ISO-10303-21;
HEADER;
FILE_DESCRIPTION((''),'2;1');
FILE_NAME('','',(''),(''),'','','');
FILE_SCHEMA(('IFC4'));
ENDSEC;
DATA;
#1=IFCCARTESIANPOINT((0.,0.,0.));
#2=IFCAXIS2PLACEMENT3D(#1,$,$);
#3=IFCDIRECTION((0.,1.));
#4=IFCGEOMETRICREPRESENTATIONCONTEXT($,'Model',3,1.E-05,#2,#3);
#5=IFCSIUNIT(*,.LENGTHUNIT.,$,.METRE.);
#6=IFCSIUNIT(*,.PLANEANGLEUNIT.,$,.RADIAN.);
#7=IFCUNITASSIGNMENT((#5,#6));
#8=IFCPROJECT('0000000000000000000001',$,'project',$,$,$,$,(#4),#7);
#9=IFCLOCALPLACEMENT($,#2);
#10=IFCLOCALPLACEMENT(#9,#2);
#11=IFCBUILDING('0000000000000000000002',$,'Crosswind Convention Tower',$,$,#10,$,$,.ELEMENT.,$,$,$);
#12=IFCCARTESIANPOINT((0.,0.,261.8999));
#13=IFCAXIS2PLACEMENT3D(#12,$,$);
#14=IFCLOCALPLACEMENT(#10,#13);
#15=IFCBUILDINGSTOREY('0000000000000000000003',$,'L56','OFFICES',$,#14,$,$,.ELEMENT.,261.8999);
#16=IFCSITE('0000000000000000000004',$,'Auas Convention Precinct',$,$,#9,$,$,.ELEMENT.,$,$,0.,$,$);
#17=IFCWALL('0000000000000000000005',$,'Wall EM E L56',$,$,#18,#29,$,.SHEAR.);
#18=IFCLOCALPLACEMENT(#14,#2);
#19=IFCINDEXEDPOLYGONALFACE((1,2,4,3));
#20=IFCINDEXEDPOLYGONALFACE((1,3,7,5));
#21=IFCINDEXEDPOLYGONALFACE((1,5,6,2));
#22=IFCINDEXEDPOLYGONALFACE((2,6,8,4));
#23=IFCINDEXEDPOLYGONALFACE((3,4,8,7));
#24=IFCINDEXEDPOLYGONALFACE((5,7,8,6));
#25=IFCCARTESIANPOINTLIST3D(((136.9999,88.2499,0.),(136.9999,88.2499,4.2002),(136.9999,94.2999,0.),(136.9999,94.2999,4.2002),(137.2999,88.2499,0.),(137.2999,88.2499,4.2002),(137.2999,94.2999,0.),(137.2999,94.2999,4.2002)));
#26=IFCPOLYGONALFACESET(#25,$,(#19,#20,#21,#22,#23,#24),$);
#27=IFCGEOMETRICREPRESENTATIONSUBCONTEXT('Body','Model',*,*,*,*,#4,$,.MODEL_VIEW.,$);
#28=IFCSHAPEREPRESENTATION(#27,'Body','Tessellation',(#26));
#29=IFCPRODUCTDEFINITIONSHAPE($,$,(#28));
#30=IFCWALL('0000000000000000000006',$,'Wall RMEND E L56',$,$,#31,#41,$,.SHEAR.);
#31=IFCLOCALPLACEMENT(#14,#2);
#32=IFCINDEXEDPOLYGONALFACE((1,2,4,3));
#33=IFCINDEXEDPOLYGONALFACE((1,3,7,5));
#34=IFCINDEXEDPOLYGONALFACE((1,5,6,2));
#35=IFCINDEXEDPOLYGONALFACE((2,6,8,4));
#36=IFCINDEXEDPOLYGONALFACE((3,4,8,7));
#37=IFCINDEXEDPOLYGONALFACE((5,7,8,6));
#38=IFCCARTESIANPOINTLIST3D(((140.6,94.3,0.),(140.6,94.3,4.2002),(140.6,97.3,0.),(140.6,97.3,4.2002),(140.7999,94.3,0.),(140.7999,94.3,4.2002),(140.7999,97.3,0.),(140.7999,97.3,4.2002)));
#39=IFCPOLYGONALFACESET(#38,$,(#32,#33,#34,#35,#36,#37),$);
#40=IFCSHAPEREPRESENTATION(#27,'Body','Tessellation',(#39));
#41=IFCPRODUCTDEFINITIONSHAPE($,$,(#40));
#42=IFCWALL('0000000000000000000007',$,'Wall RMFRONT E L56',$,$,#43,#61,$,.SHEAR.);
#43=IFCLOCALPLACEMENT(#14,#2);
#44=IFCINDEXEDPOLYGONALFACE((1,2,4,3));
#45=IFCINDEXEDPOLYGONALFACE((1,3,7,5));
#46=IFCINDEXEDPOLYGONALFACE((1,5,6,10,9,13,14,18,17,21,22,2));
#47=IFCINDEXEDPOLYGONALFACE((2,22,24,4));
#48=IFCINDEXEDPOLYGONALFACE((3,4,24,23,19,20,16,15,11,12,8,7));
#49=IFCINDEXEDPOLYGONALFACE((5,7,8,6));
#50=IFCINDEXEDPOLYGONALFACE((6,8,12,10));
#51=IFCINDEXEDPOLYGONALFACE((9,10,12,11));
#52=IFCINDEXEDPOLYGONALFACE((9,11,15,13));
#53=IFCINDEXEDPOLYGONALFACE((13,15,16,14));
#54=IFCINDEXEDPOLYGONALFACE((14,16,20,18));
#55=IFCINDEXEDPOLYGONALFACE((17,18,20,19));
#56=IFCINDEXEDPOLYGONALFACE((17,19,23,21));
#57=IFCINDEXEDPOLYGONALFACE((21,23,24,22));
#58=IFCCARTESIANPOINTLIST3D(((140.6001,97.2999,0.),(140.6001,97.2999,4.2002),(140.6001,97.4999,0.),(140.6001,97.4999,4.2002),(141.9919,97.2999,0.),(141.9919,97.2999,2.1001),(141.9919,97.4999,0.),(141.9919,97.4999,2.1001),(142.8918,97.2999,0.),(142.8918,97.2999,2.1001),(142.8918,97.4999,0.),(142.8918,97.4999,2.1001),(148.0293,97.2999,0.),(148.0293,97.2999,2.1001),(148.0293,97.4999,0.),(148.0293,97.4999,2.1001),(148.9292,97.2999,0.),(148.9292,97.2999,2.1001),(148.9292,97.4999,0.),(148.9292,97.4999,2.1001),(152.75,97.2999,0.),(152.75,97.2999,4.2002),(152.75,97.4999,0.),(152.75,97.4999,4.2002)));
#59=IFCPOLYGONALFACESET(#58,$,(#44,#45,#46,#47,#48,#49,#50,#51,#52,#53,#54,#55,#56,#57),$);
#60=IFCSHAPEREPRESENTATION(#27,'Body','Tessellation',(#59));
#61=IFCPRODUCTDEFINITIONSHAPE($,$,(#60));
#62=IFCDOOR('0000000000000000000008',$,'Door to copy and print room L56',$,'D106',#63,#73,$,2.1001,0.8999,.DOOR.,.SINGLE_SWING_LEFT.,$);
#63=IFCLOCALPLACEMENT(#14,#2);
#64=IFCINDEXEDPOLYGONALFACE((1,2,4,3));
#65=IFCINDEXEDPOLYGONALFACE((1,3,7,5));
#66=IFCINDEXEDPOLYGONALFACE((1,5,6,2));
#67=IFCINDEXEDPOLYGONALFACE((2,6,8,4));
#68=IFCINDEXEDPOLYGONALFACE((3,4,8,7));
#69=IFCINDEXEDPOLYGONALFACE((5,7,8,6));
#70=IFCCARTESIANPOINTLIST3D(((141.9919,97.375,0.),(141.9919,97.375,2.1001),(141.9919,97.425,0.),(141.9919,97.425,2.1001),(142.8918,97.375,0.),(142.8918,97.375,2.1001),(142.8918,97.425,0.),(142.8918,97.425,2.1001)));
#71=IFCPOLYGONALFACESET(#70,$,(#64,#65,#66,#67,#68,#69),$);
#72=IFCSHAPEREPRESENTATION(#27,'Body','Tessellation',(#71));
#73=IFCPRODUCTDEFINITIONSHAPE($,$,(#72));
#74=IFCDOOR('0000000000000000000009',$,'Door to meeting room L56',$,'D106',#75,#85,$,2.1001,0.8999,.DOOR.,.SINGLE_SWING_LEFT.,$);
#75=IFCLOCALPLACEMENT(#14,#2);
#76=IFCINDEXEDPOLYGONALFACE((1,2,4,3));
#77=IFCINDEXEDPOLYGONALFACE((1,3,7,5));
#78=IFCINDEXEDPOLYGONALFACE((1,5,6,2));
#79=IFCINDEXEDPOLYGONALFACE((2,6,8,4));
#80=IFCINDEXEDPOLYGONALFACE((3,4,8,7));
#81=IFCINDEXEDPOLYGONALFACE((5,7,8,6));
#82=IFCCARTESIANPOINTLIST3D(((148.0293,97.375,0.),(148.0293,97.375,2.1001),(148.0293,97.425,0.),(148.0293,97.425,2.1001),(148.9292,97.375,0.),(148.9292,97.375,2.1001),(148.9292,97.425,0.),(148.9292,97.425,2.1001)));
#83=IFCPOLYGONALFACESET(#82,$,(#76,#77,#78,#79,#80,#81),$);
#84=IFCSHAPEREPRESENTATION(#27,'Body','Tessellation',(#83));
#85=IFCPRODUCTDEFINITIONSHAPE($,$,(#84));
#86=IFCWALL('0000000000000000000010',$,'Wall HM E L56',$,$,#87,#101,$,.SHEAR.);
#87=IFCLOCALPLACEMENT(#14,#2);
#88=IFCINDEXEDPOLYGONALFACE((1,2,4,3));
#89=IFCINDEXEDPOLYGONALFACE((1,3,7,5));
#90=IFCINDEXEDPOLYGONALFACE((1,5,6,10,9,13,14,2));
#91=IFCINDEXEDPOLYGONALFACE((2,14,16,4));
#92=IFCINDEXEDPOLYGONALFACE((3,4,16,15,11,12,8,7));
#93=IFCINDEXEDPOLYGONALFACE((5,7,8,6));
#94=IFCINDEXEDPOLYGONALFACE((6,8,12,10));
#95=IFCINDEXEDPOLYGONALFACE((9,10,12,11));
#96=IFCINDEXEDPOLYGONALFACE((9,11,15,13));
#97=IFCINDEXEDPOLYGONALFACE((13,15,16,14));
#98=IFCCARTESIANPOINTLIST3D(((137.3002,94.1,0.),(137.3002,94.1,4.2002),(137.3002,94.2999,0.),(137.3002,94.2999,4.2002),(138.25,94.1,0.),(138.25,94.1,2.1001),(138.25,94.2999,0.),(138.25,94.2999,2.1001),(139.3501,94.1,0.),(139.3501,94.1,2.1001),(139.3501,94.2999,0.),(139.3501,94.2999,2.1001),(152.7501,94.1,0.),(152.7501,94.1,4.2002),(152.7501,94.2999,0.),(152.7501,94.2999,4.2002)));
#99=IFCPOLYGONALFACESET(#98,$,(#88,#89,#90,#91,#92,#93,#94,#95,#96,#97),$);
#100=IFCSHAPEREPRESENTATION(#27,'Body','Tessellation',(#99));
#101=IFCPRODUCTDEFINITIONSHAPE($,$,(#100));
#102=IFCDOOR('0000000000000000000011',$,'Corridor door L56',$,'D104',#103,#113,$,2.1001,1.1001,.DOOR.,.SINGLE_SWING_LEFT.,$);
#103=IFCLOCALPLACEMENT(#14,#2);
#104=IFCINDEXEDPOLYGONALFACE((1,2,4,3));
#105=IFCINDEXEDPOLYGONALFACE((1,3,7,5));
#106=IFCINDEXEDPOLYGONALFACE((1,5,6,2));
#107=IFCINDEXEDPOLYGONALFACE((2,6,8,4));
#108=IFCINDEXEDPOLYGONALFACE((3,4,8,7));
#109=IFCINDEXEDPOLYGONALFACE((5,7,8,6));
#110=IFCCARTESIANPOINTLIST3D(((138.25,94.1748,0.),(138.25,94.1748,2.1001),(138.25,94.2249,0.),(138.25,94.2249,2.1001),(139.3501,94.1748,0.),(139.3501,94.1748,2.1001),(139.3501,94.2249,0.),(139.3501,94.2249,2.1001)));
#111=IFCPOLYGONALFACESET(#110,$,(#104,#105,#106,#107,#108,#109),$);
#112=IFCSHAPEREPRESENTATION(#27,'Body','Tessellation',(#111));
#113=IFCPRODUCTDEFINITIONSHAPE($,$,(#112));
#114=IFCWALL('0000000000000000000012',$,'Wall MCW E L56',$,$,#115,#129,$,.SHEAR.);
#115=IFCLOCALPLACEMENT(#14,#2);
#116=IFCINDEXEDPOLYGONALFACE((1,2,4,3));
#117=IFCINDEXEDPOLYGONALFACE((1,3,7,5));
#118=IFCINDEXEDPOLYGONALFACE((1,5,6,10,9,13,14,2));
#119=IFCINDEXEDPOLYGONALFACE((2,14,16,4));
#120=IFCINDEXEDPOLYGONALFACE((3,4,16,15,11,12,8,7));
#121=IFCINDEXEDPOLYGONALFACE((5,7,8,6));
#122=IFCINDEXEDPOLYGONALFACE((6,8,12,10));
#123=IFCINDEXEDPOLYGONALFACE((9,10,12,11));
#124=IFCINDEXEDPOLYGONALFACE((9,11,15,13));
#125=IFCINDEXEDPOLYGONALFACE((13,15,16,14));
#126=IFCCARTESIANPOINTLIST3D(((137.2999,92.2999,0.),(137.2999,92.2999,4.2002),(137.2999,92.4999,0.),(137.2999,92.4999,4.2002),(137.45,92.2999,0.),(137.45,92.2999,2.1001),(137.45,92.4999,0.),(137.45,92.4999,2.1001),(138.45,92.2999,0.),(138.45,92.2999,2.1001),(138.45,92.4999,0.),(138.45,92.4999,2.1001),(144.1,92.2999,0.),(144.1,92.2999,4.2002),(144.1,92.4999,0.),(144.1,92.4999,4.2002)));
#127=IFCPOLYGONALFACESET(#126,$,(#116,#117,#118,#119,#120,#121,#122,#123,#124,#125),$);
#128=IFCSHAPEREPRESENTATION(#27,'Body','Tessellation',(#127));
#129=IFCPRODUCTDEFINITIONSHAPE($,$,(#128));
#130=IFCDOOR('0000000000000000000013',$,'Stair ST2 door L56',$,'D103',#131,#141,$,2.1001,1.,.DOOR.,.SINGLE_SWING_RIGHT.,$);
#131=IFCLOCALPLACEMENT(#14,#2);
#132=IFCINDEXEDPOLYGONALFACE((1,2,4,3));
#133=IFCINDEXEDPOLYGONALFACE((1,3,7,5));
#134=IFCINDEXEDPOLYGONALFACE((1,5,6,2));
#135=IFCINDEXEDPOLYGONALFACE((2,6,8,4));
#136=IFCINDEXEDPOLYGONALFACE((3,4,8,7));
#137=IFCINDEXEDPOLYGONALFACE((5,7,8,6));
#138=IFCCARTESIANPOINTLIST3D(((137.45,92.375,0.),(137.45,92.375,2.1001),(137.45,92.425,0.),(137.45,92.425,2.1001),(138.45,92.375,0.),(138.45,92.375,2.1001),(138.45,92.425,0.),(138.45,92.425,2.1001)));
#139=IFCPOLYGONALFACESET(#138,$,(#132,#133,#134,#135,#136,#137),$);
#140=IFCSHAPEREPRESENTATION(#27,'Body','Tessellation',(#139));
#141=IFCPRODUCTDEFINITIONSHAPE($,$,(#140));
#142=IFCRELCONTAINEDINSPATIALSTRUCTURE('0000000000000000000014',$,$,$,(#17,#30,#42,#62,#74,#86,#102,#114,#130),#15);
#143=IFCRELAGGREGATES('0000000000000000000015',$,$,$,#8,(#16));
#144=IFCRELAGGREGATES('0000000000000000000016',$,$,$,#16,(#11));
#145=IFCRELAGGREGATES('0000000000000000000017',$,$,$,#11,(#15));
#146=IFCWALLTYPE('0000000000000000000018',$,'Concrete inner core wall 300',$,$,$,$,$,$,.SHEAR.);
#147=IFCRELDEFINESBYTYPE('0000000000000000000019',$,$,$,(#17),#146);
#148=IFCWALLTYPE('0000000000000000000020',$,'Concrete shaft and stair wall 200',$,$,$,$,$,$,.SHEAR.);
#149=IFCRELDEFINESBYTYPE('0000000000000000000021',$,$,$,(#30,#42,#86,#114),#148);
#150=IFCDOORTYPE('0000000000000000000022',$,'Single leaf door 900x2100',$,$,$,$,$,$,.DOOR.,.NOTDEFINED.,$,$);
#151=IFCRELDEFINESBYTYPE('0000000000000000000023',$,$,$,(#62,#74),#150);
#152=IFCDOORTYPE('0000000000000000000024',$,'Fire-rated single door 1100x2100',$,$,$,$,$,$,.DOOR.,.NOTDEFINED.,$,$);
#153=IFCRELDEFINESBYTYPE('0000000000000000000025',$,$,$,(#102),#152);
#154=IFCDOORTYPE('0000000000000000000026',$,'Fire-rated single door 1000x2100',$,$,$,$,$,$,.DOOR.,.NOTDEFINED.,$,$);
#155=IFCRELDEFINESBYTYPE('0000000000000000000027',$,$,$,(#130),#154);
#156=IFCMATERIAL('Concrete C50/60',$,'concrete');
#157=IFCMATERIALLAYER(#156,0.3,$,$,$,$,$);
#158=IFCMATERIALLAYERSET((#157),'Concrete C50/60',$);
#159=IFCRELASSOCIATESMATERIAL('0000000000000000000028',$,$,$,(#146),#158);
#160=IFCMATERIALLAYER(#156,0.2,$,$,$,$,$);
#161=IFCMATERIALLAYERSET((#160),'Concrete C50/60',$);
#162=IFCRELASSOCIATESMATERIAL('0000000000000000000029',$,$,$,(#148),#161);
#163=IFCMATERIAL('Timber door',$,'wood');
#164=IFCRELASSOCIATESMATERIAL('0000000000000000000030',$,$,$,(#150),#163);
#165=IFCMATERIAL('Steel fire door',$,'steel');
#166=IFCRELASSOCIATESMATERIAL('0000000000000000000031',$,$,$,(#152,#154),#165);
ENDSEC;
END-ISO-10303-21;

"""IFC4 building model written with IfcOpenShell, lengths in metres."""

from ifc_helpers import new_model, si_unit, direction, frame, frame_2d, origin, place, context, subcontext, project, spatial, rectangle, extrude, material, layer, layer_set, type_object, element, fill, save


model = new_model("IFC4")

# Units and contexts
model_context = context("Model", 3, precision=1e-05, world=origin(), true_north=direction((0.0, 1.0)))
body_context = subcontext(model_context, "Body", "Model", "MODEL_VIEW")
ifc_project = project(units=[si_unit("LENGTHUNIT", "METRE"), si_unit("PLANEANGLEUNIT", "RADIAN")], contexts=[model_context])

# Site, building, storey
site_placement = place(None, origin())
site = spatial("IfcSite", under=ifc_project, at=site_placement, Name="Auas Convention Precinct", CompositionType="ELEMENT", RefElevation=0.0)
building_placement = place(site_placement, origin())
building = spatial("IfcBuilding", under=site, at=building_placement, Name="Crosswind Convention Tower", CompositionType="ELEMENT")
storey_placement = place(building_placement, frame((0.0, 0.0, 261.8999)))
storey = spatial("IfcBuildingStorey", under=building, at=storey_placement, Name="L56", Description="OFFICES", CompositionType="ELEMENT", Elevation=261.8999)

# Shared definitions
ifc_material_1 = material(Name="Concrete C50/60", Category="concrete")
ifc_layer_1 = layer(ifc_material_1, 0.3)
ifc_layer_set_1 = layer_set([ifc_layer_1], Name="Concrete C50/60")
wall_type_1 = type_object("IfcWallType", Name="Concrete inner core wall 300", PredefinedType="SHEAR", material=ifc_layer_set_1)

# Walls
wall_1_placement = place(storey_placement, frame((137.1499, 88.25, 0.0), z_axis=(0.0, 0.0, 1.0), x_axis=(0.0, 1.0, 0.0)))
element("IfcWall", 1, at=wall_1_placement, inside=storey, type_object=wall_type_1, Name="Wall EM E L56", PredefinedType="SHEAR", context=body_context, shape_type="SweptSolid", body=[
    extrude(rectangle(XDim=6.05, YDim=0.3, at=frame_2d((3.0249, 0.0))), origin(), (0.0, 0.0, 1.0), 4.2002),
])
ifc_layer_2 = layer(ifc_material_1, 0.2)
ifc_layer_set_2 = layer_set([ifc_layer_2], Name="Concrete C50/60")
wall_type_2 = type_object("IfcWallType", Name="Concrete shaft and stair wall 200", PredefinedType="SHEAR", material=ifc_layer_set_2)
wall_2_placement = place(storey_placement, frame((140.7, 94.3, 0.0), z_axis=(0.0, 0.0, 1.0), x_axis=(0.0, 1.0, 0.0)))
element("IfcWall", 2, at=wall_2_placement, inside=storey, type_object=wall_type_2, Name="Wall RMEND E L56", PredefinedType="SHEAR", context=body_context, shape_type="SweptSolid", body=[
    extrude(rectangle(XDim=3.0, YDim=0.2, at=frame_2d((1.5, 0.0))), origin(), (0.0, 0.0, 1.0), 4.2002),
])

# Wall, openings, doors
wall_3_placement = place(storey_placement, frame((140.6001, 97.3999, 0.0), z_axis=(0.0, 0.0, 1.0), x_axis=(1.0, 0.0, 0.0)))
wall_3 = element("IfcWall", 3, at=wall_3_placement, inside=storey, type_object=wall_type_2, Name="Wall RMFRONT E L56", PredefinedType="SHEAR", context=body_context, shape_type="SweptSolid", body=[
    extrude(rectangle(XDim=12.1499, YDim=0.2, at=frame_2d((6.075, 0.0))), origin(), (0.0, 0.0, 1.0), 4.2002),
])
opening_1_placement = place(wall_3_placement, frame((1.3918, 0.0, 0.0)))
opening_1 = element("IfcOpeningElement", 4, at=opening_1_placement, cuts=wall_3, PredefinedType="OPENING", context=body_context, shape_type="SweptSolid", body=[
    extrude(rectangle(XDim=0.8999, YDim=2.1001, at=frame_2d((0.45, 1.05))), frame((0.0, 0.1099, 0.0), z_axis=(0.0, -1.0, 0.0), x_axis=(1.0, 0.0, 0.0)), (0.0, 0.0, 1.0), 0.22),
])
opening_2_placement = place(wall_3_placement, frame((7.4292, 0.0, 0.0)))
opening_2 = element("IfcOpeningElement", 5, at=opening_2_placement, cuts=wall_3, PredefinedType="OPENING", context=body_context, shape_type="SweptSolid", body=[
    extrude(rectangle(XDim=0.8999, YDim=2.1001, at=frame_2d((0.45, 1.05))), frame((0.0, 0.1099, 0.0), z_axis=(0.0, -1.0, 0.0), x_axis=(1.0, 0.0, 0.0)), (0.0, 0.0, 1.0), 0.22),
])
ifc_material_2 = material(Name="Timber door", Category="wood")
door_type_1 = type_object("IfcDoorType", Name="Single leaf door 900x2100", OperationType="NOTDEFINED", PredefinedType="DOOR", material=ifc_material_2)
door_1_placement = place(opening_1_placement, frame((0.8999, 0.0, 0.0), z_axis=(0.0, 0.0, 1.0), x_axis=(-1.0, 0.0, 0.0)))
door_1 = element("IfcDoor", 6, at=door_1_placement, inside=storey, type_object=door_type_1, Name="Door to copy and print room L56", ObjectType="D106", OperationType="SINGLE_SWING_LEFT", OverallHeight=2.1001, OverallWidth=0.8999, PredefinedType="DOOR", context=body_context, shape_type="SweptSolid", body=[
    extrude(rectangle(XDim=0.8999, YDim=2.1001, at=frame_2d((0.45, 1.05))), frame((0.0, 0.0249, 0.0), z_axis=(0.0, -1.0, 0.0), x_axis=(1.0, 0.0, 0.0)), (0.0, 0.0, 1.0), 0.05),
])
fill(opening_1, door_1)
door_2_placement = place(opening_2_placement, frame((0.8999, 0.0, 0.0), z_axis=(0.0, 0.0, 1.0), x_axis=(-1.0, 0.0, 0.0)))
door_2 = element("IfcDoor", 7, at=door_2_placement, inside=storey, type_object=door_type_1, Name="Door to meeting room L56", ObjectType="D106", OperationType="SINGLE_SWING_LEFT", OverallHeight=2.1001, OverallWidth=0.8999, PredefinedType="DOOR", context=body_context, shape_type="SweptSolid", body=[
    extrude(rectangle(XDim=0.8999, YDim=2.1001, at=frame_2d((0.45, 1.05))), frame((0.0, 0.0249, 0.0), z_axis=(0.0, -1.0, 0.0), x_axis=(1.0, 0.0, 0.0)), (0.0, 0.0, 1.0), 0.05),
])
fill(opening_2, door_2)

# Walls, openings, doors
wall_4_placement = place(storey_placement, frame((137.3, 94.2, 0.0), z_axis=(0.0, 0.0, 1.0), x_axis=(1.0, 0.0, 0.0)))
wall_4 = element("IfcWall", 8, at=wall_4_placement, inside=storey, type_object=wall_type_2, Name="Wall HM E L56", PredefinedType="SHEAR", context=body_context, shape_type="SweptSolid", body=[
    extrude(rectangle(XDim=15.45, YDim=0.2, at=frame_2d((7.7251, 0.0))), origin(), (0.0, 0.0, 1.0), 4.2002),
])
opening_3_placement = place(wall_4_placement, frame((0.95, 0.0, 0.0)))
opening_3 = element("IfcOpeningElement", 9, at=opening_3_placement, cuts=wall_4, PredefinedType="OPENING", context=body_context, shape_type="SweptSolid", body=[
    extrude(rectangle(XDim=1.1001, YDim=2.1001, at=frame_2d((0.55, 1.05))), frame((0.0, 0.1099, 0.0), z_axis=(0.0, -1.0, 0.0), x_axis=(1.0, 0.0, 0.0)), (0.0, 0.0, 1.0), 0.22),
])
ifc_material_3 = material(Name="Steel fire door", Category="steel")
door_type_2 = type_object("IfcDoorType", Name="Fire-rated single door 1100x2100", OperationType="NOTDEFINED", PredefinedType="DOOR", material=ifc_material_3)
door_3_placement = place(opening_3_placement, origin())
door_3 = element("IfcDoor", 10, at=door_3_placement, inside=storey, type_object=door_type_2, Name="Corridor door L56", ObjectType="D104", OperationType="SINGLE_SWING_LEFT", OverallHeight=2.1001, OverallWidth=1.1001, PredefinedType="DOOR", context=body_context, shape_type="SweptSolid", body=[
    extrude(rectangle(XDim=1.1001, YDim=2.1001, at=frame_2d((0.55, 1.05))), frame((0.0, 0.0249, 0.0), z_axis=(0.0, -1.0, 0.0), x_axis=(1.0, 0.0, 0.0)), (0.0, 0.0, 1.0), 0.05),
])
fill(opening_3, door_3)
wall_5_placement = place(storey_placement, frame((137.3, 92.3999, 0.0), z_axis=(0.0, 0.0, 1.0), x_axis=(1.0, 0.0, 0.0)))
wall_5 = element("IfcWall", 11, at=wall_5_placement, inside=storey, type_object=wall_type_2, Name="Wall MCW E L56", PredefinedType="SHEAR", context=body_context, shape_type="SweptSolid", body=[
    extrude(rectangle(XDim=6.8, YDim=0.2, at=frame_2d((3.3999, 0.0))), origin(), (0.0, 0.0, 1.0), 4.2002),
])
opening_4_placement = place(wall_5_placement, frame((0.1499, 0.0, 0.0)))
opening_4 = element("IfcOpeningElement", 12, at=opening_4_placement, cuts=wall_5, PredefinedType="OPENING", context=body_context, shape_type="SweptSolid", body=[
    extrude(rectangle(XDim=1.0, YDim=2.1001, at=frame_2d((0.5, 1.05))), frame((0.0, 0.1099, 0.0), z_axis=(0.0, -1.0, 0.0), x_axis=(1.0, 0.0, 0.0)), (0.0, 0.0, 1.0), 0.22),
])
door_type_3 = type_object("IfcDoorType", Name="Fire-rated single door 1000x2100", OperationType="NOTDEFINED", PredefinedType="DOOR", material=ifc_material_3)
door_4_placement = place(opening_4_placement, frame((1.0, 0.0, 0.0), z_axis=(0.0, 0.0, 1.0), x_axis=(-1.0, 0.0, 0.0)))
door_4 = element("IfcDoor", 13, at=door_4_placement, inside=storey, type_object=door_type_3, Name="Stair ST2 door L56", ObjectType="D103", OperationType="SINGLE_SWING_RIGHT", OverallHeight=2.1001, OverallWidth=1.0, PredefinedType="DOOR", context=body_context, shape_type="SweptSolid", body=[
    extrude(rectangle(XDim=1.0, YDim=2.1001, at=frame_2d((0.5, 1.05))), frame((0.0, 0.0249, 0.0), z_axis=(0.0, -1.0, 0.0), x_axis=(1.0, 0.0, 0.0)), (0.0, 0.0, 1.0), 0.05),
])
fill(opening_4, door_4)

save(model, "model.ifc")
